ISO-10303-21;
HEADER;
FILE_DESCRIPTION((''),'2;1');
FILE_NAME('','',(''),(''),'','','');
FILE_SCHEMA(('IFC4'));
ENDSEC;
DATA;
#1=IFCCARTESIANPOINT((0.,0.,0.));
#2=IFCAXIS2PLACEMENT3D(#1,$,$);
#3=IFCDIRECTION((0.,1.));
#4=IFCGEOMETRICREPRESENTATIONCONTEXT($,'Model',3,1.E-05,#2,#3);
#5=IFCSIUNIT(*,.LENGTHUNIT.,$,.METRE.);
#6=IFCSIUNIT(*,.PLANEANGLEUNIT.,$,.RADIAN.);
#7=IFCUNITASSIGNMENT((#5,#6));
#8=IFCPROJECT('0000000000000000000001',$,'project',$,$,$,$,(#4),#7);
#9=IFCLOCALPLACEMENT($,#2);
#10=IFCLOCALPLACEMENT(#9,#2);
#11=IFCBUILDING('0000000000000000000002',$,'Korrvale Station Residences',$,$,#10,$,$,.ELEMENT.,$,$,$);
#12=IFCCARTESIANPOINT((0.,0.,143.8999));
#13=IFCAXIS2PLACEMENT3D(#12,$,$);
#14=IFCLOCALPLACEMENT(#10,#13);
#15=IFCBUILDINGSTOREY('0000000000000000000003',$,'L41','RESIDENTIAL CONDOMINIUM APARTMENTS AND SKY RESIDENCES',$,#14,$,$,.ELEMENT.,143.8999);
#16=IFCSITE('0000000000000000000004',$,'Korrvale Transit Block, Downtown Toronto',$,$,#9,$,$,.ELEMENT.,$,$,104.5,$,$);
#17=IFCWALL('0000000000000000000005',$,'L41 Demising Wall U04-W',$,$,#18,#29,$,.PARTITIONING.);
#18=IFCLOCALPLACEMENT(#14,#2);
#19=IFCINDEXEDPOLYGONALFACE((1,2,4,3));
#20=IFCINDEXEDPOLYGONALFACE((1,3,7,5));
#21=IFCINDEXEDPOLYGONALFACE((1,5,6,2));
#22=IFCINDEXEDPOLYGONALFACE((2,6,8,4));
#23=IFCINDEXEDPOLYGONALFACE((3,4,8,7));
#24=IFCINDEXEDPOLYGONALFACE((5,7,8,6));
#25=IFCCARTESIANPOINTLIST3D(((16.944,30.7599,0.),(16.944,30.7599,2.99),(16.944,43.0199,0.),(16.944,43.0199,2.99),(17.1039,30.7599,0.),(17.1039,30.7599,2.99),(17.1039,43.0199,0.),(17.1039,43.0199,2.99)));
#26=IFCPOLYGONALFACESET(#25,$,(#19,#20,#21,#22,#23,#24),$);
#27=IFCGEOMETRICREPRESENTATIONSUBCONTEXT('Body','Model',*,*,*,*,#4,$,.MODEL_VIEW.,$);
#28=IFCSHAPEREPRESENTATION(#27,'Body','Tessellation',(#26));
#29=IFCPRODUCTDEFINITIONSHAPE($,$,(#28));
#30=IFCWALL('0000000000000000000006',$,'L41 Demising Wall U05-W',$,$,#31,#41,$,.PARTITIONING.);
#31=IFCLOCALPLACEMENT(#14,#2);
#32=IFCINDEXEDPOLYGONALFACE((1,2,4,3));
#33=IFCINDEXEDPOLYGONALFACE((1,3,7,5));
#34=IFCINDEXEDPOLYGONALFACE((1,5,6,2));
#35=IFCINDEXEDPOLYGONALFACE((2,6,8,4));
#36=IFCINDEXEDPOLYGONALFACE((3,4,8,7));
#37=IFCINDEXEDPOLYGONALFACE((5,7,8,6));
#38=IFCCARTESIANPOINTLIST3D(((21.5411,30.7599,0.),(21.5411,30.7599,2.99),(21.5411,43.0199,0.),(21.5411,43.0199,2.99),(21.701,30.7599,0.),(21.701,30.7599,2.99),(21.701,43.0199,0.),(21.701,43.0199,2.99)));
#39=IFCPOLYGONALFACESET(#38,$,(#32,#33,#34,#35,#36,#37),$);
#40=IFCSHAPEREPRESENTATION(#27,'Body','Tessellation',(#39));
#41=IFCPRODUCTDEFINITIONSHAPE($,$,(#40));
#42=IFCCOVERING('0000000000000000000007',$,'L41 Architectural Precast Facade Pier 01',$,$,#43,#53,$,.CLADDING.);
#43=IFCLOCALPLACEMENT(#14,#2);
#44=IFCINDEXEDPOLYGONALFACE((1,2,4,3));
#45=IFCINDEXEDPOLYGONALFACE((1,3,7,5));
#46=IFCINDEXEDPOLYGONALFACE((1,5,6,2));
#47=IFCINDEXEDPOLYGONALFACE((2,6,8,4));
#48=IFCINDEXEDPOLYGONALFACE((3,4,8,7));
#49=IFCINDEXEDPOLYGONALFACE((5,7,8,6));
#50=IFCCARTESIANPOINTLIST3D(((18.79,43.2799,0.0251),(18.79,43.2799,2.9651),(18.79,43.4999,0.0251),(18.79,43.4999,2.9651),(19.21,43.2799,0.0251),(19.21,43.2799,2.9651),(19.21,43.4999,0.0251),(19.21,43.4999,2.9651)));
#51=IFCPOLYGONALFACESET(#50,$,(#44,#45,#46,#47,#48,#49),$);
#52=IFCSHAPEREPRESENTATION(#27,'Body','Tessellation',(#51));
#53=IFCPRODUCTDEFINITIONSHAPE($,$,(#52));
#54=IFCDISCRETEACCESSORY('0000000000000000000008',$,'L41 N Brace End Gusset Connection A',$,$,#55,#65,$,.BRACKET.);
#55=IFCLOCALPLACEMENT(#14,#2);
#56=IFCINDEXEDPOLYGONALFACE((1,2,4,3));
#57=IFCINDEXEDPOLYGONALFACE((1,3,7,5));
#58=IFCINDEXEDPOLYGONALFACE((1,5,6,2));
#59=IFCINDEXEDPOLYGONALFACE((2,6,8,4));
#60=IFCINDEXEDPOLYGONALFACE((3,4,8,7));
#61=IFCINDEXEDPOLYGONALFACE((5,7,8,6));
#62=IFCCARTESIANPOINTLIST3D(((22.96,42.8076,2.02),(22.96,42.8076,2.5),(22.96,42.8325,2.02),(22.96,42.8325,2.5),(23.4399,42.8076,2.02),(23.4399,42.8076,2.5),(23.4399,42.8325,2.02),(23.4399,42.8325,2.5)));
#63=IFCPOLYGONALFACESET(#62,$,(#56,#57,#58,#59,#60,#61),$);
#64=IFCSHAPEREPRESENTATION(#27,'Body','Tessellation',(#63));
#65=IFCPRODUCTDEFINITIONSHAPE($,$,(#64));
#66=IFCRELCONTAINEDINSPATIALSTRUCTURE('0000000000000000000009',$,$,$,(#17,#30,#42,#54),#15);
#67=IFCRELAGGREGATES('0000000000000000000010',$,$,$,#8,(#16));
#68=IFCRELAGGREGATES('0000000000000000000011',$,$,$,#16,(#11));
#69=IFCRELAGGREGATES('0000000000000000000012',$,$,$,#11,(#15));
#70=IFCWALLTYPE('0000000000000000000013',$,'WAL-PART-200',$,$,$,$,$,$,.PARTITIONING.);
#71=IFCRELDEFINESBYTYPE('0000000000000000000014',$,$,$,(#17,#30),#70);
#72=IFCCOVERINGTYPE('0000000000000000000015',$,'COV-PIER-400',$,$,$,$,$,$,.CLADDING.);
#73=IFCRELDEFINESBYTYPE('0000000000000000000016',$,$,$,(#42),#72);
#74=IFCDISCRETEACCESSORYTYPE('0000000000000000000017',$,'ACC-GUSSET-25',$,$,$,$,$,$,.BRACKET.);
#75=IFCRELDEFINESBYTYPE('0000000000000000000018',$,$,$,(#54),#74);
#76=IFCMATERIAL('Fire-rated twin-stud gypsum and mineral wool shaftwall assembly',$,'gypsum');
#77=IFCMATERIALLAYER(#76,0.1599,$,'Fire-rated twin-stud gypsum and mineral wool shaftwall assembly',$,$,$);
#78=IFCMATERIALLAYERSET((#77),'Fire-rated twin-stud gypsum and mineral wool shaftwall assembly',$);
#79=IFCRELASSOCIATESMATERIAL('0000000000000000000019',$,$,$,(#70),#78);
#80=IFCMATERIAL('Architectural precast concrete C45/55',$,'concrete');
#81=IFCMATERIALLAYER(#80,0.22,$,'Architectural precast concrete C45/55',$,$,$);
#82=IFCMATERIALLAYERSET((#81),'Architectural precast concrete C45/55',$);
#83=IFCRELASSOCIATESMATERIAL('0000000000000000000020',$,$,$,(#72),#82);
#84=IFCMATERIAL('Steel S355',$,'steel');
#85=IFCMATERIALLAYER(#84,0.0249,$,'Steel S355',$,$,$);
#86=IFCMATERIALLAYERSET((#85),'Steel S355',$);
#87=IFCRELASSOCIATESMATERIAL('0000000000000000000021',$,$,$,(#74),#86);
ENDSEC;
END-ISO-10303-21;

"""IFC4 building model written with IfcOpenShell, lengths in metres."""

from ifc_helpers import new_model, si_unit, direction, frame, frame_2d, origin, origin_2d, place, context, subcontext, project, spatial, rectangle, extrude, material, layer, layer_set, type_object, element, save


model = new_model("IFC4")

# Units and contexts
model_context = context("Model", 3, precision=1e-05, world=origin(), true_north=direction((0.0, 1.0)))
body_context = subcontext(model_context, "Body", "Model", "MODEL_VIEW")
ifc_project = project(units=[si_unit("LENGTHUNIT", "METRE"), si_unit("PLANEANGLEUNIT", "RADIAN")], contexts=[model_context])

# Site, building, storey
site_placement = place(None, origin())
site = spatial("IfcSite", under=ifc_project, at=site_placement, Name="Korrvale Transit Block, Downtown Toronto", CompositionType="ELEMENT", RefElevation=104.5)
building_placement = place(site_placement, origin())
building = spatial("IfcBuilding", under=site, at=building_placement, Name="Korrvale Station Residences", CompositionType="ELEMENT")
storey_placement = place(building_placement, frame((0.0, 0.0, 143.8999)))
storey = spatial("IfcBuildingStorey", under=building, at=storey_placement, Name="L41", Description="RESIDENTIAL CONDOMINIUM APARTMENTS AND SKY RESIDENCES", CompositionType="ELEMENT", Elevation=143.8999)

# Shared definitions
ifc_material_1 = material(Name="Steel S355", Category="steel")

# Walls
ifc_material_2 = material(Name="Fire-rated twin-stud gypsum and mineral wool shaftwall assembly", Category="gypsum")
ifc_layer_1 = layer(ifc_material_2, 0.1599, Name="Fire-rated twin-stud gypsum and mineral wool shaftwall assembly")
ifc_layer_set_1 = layer_set([ifc_layer_1], Name="Fire-rated twin-stud gypsum and mineral wool shaftwall assembly")
wall_type_1 = type_object("IfcWallType", Name="WAL-PART-200", PredefinedType="PARTITIONING", material=ifc_layer_set_1)
for number, where, z_axis, x_axis, name in (
    (1, (17.0239, 30.76, 0.0), (0.0, 0.0, 1.0), (0.0, 1.0, 0.0), "L41 Demising Wall U04-W"),
    (2, (21.6211, 30.76, 0.0), (0.0, 0.0, 1.0), (0.0, 1.0, 0.0), "L41 Demising Wall U05-W"),
):
    element("IfcWall", number, at=place(storey_placement, frame(where, z_axis=z_axis, x_axis=x_axis)), inside=storey, type_object=wall_type_1, Name=name, PredefinedType="PARTITIONING", context=body_context, shape_type="SweptSolid", body=[
        extrude(rectangle(XDim=12.26, YDim=0.1599, at=frame_2d((6.1299, 0.0))), origin(), (0.0, 0.0, 1.0), 2.99),
    ])

# Covering
ifc_material_3 = material(Name="Architectural precast concrete C45/55", Category="concrete")
ifc_layer_2 = layer(ifc_material_3, 0.22, Name="Architectural precast concrete C45/55")
ifc_layer_set_2 = layer_set([ifc_layer_2], Name="Architectural precast concrete C45/55")
covering_type = type_object("IfcCoveringType", Name="COV-PIER-400", PredefinedType="CLADDING", material=ifc_layer_set_2)
covering_placement = place(storey_placement, frame((19.0, 43.3899, 0.0251), z_axis=(0.0, 0.0, 1.0), x_axis=(1.0, 0.0, 0.0)))
element("IfcCovering", 3, at=covering_placement, inside=storey, type_object=covering_type, Name="L41 Architectural Precast Facade Pier 01", PredefinedType="CLADDING", context=body_context, shape_type="SweptSolid", body=[
    extrude(rectangle(XDim=0.4199, YDim=0.22, at=origin_2d()), origin(), (0.0, 0.0, 1.0), 2.9399),
])

# Discrete accessory
ifc_layer_3 = layer(ifc_material_1, 0.0249, Name="Steel S355")
ifc_layer_set_3 = layer_set([ifc_layer_3], Name="Steel S355")
discrete_accessory_type = type_object("IfcDiscreteAccessoryType", Name="ACC-GUSSET-25", PredefinedType="BRACKET", material=ifc_layer_set_3)
discrete_accessory_placement = place(storey_placement, frame((23.2, 42.8201, 2.02), z_axis=(0.0, 0.0, 1.0), x_axis=(1.0, 0.0, 0.0)))
element("IfcDiscreteAccessory", 4, at=discrete_accessory_placement, inside=storey, type_object=discrete_accessory_type, Name="L41 N Brace End Gusset Connection A", PredefinedType="BRACKET", context=body_context, shape_type="SweptSolid", body=[
    extrude(rectangle(XDim=0.48, YDim=0.0249, at=origin_2d()), origin(), (0.0, 0.0, 1.0), 0.48),
])

save(model, "model.ifc")
